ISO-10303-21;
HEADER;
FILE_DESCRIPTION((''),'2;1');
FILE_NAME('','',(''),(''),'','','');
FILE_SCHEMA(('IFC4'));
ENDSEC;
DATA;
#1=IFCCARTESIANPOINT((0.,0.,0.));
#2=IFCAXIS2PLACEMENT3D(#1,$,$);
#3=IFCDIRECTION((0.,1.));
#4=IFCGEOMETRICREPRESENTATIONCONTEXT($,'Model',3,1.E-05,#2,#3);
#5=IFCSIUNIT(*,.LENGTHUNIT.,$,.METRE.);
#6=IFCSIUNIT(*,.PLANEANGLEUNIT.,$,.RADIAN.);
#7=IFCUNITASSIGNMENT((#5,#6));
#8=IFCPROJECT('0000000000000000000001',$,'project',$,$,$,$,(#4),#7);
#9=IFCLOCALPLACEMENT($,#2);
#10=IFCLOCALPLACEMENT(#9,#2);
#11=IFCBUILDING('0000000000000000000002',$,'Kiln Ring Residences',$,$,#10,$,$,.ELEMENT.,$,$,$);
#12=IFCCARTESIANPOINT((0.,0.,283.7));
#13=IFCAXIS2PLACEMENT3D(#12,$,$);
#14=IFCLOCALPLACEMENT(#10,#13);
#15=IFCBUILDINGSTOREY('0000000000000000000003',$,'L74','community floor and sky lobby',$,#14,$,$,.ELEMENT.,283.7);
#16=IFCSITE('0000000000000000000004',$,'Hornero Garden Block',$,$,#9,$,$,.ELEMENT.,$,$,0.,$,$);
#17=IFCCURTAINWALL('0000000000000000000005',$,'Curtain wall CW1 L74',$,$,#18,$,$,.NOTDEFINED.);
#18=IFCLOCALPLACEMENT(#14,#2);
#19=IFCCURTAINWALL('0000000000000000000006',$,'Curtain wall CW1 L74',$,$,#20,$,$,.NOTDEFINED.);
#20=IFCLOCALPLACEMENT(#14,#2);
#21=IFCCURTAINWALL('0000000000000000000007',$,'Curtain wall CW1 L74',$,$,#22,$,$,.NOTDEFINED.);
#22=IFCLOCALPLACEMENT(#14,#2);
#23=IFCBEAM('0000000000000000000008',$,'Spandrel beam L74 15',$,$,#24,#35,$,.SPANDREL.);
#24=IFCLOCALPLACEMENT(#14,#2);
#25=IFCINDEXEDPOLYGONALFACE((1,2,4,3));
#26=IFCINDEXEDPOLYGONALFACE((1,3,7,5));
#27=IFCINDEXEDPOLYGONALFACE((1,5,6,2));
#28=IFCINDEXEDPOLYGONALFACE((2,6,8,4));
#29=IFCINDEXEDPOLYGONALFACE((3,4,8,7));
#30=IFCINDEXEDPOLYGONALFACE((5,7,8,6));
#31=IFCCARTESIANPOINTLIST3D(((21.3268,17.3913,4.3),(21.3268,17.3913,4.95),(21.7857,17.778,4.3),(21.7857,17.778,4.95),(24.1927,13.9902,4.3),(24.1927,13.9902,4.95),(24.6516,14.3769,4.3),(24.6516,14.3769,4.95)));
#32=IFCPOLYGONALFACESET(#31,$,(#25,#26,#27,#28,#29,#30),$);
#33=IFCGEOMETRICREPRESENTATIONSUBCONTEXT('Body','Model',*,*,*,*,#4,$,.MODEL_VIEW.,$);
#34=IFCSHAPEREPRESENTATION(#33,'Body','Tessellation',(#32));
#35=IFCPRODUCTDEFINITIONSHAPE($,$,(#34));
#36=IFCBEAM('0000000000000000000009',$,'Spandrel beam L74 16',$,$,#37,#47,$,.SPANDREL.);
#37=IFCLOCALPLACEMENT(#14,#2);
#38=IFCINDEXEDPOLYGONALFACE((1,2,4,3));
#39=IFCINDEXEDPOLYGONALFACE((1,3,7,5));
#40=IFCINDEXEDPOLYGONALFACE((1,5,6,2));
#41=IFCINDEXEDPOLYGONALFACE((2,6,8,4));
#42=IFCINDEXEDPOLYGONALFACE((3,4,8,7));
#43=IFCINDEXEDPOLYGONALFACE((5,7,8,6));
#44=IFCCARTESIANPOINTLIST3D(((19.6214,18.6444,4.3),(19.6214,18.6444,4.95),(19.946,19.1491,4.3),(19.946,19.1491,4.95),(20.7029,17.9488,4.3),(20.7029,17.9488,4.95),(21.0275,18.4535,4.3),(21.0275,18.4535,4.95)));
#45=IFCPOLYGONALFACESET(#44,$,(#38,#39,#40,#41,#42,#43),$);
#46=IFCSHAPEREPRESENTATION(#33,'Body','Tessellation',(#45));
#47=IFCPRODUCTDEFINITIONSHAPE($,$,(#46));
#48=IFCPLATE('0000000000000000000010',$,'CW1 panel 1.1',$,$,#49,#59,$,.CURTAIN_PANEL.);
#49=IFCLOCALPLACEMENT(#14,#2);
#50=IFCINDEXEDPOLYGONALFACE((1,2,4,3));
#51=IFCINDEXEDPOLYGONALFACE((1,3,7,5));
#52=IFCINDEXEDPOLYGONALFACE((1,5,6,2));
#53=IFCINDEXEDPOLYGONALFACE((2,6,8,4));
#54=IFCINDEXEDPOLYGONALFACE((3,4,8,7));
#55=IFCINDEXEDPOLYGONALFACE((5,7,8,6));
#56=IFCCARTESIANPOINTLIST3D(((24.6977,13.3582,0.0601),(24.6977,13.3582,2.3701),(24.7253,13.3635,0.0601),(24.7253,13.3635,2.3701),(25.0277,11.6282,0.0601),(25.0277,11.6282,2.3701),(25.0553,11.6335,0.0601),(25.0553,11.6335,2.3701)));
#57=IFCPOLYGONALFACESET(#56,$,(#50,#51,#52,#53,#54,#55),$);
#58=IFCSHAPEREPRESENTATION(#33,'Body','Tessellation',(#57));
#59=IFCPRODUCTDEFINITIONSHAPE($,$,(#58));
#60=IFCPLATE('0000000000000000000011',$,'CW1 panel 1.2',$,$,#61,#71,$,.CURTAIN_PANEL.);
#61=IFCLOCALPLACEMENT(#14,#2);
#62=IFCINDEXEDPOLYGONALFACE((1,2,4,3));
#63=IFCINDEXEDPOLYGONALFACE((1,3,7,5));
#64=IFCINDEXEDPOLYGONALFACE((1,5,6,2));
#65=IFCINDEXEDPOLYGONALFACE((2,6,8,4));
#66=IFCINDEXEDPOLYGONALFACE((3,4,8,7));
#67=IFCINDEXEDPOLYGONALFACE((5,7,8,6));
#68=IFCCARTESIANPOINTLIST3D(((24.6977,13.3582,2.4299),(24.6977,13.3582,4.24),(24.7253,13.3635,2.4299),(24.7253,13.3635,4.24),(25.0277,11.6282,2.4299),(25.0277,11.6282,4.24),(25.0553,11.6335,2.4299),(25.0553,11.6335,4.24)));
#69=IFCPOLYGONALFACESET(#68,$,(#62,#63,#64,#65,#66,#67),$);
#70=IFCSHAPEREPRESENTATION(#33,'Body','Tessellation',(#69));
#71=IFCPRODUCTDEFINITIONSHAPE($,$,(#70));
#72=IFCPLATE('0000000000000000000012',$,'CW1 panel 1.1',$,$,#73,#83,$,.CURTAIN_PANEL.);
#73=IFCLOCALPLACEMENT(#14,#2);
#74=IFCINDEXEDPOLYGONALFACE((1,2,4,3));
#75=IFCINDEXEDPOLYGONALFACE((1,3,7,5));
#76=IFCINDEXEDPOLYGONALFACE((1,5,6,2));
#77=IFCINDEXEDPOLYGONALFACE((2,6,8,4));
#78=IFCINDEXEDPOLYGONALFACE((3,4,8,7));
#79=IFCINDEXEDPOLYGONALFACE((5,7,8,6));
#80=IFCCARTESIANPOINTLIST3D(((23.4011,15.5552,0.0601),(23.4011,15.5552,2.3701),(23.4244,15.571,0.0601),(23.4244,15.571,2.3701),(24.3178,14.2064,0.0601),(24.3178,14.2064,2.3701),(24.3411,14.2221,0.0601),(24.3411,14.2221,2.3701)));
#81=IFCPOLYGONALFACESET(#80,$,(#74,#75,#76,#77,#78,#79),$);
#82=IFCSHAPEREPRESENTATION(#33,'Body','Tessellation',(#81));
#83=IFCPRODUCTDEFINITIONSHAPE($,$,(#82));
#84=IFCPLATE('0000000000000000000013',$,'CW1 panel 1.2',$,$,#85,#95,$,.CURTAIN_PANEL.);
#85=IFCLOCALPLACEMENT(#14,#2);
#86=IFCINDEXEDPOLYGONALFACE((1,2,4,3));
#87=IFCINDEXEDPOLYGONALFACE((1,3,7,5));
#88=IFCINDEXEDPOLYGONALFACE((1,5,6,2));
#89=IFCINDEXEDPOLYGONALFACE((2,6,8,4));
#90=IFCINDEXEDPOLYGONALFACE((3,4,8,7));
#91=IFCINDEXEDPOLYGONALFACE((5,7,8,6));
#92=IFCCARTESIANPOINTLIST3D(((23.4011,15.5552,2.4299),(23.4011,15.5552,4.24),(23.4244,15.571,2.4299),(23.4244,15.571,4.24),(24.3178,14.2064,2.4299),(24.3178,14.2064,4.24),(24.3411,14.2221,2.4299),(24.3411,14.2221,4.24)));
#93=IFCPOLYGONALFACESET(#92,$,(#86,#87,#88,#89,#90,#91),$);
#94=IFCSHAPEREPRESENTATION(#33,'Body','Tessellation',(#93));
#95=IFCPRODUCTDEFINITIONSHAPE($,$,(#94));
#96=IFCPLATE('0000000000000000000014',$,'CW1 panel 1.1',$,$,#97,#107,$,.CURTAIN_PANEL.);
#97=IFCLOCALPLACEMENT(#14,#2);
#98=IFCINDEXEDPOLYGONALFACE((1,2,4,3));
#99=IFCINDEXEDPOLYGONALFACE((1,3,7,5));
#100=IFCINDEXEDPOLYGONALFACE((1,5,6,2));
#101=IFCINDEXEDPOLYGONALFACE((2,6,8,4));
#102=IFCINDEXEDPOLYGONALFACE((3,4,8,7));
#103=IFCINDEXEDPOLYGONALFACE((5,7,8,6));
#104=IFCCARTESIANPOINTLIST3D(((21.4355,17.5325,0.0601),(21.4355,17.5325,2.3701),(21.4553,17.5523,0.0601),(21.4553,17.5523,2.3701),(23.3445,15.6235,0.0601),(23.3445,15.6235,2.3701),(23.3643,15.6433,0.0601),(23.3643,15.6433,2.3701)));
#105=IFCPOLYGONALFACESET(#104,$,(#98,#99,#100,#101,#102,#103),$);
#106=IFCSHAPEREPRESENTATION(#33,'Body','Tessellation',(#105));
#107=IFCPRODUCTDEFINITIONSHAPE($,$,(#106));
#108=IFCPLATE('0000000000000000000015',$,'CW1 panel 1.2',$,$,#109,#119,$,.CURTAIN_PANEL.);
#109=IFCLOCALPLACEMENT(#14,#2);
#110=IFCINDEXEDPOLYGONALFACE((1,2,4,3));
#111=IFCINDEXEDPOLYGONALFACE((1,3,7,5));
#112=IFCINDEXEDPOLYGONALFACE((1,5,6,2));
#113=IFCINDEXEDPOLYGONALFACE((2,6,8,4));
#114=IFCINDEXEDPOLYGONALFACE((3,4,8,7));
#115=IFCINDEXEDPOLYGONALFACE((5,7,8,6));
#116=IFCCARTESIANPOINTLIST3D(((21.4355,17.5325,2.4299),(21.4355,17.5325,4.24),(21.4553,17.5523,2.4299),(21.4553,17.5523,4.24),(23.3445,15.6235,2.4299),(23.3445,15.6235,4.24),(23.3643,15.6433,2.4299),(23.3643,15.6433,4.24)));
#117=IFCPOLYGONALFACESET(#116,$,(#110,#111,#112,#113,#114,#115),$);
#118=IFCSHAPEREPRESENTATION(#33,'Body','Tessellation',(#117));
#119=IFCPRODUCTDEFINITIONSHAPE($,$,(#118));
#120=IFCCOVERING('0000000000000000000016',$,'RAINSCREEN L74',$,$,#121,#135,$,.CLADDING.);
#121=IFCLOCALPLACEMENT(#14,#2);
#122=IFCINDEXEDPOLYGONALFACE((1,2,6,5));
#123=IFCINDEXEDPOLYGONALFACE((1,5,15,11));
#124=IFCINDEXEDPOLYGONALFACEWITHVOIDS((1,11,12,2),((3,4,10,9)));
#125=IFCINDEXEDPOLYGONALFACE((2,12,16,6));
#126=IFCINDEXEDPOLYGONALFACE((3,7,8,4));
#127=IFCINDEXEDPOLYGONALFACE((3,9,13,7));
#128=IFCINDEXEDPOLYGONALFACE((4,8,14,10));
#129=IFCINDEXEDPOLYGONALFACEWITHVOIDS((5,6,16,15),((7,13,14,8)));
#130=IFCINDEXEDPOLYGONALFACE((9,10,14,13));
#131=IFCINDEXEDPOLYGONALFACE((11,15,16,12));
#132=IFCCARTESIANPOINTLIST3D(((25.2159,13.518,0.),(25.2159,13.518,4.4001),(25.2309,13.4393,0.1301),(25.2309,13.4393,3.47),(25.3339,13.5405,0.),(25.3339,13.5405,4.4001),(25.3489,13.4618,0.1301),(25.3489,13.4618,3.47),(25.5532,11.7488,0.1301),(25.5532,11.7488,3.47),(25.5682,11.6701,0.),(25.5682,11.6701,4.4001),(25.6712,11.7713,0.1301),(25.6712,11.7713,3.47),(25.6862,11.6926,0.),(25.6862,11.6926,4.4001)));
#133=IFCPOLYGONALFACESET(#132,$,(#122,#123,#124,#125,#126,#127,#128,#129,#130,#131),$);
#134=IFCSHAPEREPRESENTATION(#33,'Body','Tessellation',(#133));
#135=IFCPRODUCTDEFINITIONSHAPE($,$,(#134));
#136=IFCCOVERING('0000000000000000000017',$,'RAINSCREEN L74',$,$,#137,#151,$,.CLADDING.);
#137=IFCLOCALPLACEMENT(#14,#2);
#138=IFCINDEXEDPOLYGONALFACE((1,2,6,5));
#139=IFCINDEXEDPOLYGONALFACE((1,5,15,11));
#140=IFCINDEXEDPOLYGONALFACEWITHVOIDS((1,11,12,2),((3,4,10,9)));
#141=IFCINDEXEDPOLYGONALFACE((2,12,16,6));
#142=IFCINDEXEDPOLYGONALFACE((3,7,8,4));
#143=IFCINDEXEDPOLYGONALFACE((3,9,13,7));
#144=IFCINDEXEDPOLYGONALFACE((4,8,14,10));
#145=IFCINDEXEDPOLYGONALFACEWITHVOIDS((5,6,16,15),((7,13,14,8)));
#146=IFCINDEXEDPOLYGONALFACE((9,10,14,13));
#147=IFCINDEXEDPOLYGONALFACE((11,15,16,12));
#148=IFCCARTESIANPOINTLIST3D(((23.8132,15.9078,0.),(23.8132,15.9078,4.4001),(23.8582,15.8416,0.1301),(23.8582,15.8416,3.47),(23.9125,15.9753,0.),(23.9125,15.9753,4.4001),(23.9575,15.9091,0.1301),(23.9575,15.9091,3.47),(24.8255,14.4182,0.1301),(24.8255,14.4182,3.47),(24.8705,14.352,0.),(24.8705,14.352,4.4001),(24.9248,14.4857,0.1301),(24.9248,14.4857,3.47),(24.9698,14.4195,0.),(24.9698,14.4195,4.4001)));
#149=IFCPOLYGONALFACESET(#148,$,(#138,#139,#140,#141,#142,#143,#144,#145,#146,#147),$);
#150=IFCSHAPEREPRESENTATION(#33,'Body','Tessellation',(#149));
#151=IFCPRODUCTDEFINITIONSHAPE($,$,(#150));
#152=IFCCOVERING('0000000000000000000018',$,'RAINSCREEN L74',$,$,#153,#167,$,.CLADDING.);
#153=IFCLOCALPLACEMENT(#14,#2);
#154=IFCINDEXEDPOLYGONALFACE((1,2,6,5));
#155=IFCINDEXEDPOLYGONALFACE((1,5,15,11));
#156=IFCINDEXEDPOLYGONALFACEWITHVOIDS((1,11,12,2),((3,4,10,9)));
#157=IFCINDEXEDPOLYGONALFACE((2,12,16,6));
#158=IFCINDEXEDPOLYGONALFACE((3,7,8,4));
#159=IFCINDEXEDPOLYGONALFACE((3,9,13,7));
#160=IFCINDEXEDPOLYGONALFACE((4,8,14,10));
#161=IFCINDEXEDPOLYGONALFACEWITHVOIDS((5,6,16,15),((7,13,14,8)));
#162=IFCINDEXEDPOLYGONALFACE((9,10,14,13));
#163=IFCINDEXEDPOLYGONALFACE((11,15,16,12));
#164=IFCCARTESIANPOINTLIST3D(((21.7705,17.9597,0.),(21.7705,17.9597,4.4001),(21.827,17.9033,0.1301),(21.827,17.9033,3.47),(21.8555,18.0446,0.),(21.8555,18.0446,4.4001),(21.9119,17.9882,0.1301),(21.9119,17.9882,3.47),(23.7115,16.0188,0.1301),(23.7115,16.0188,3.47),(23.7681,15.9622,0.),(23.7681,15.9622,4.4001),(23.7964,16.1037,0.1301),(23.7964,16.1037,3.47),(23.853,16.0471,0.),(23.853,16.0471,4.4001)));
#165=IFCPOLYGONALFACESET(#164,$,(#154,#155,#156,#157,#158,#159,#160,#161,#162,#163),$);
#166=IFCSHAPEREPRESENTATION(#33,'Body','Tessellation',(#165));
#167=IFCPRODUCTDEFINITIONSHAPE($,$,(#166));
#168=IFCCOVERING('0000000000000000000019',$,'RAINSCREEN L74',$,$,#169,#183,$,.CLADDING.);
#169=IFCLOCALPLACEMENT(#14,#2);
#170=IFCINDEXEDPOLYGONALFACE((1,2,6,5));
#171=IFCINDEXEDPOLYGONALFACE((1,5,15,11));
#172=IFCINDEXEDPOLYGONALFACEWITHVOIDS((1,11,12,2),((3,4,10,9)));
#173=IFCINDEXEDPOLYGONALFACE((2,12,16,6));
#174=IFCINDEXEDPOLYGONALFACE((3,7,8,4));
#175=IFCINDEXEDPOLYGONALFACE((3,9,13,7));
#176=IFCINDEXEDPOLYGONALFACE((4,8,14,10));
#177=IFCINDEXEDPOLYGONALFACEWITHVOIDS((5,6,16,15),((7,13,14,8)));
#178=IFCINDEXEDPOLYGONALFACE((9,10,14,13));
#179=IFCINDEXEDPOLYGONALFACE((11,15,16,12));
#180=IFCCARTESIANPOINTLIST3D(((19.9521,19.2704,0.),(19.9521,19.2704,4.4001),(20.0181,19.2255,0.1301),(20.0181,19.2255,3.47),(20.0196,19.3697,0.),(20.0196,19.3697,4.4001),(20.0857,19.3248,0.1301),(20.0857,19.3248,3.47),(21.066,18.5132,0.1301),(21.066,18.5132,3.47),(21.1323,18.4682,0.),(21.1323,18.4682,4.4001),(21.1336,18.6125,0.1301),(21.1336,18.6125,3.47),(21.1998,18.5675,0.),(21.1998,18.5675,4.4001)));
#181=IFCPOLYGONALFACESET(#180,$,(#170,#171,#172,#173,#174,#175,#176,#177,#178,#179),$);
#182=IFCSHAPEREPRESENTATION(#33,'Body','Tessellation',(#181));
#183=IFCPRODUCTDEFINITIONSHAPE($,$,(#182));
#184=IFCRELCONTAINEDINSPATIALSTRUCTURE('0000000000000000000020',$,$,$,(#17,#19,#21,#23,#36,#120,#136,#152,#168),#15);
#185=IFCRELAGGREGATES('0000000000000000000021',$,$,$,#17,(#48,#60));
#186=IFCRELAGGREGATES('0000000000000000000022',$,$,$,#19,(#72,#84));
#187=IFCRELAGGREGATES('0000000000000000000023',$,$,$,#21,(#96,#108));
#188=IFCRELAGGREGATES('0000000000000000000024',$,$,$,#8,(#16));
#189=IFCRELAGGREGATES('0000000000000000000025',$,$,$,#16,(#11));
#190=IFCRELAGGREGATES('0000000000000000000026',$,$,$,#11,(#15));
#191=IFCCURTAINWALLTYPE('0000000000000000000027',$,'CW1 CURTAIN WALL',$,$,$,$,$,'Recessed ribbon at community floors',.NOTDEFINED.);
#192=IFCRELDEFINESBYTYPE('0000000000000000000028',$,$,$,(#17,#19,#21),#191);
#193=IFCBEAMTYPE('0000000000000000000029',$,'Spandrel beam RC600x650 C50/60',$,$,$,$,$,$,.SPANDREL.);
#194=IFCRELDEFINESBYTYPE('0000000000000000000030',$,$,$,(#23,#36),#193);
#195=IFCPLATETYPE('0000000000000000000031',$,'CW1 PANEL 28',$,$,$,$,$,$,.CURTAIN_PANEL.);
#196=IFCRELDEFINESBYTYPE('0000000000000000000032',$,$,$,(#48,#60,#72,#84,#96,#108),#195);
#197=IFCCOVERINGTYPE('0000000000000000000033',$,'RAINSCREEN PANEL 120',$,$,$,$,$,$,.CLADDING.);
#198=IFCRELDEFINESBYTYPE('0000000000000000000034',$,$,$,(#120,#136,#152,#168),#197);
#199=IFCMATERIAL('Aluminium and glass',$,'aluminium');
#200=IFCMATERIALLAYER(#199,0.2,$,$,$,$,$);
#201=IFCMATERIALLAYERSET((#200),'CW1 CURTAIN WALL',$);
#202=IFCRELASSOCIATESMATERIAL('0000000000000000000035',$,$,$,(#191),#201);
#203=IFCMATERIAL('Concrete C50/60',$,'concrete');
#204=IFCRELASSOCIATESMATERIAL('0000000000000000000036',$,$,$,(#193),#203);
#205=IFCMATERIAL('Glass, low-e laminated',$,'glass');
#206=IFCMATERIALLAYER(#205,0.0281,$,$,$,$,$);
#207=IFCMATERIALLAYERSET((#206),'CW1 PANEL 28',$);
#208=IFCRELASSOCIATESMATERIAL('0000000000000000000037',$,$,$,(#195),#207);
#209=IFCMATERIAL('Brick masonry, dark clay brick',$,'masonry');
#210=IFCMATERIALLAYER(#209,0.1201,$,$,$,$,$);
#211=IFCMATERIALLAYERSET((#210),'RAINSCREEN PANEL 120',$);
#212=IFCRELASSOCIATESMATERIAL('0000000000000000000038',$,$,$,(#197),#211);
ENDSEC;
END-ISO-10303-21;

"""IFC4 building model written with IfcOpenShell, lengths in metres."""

from ifc_helpers import new_model, si_unit, direction, frame, origin, origin_2d, place, context, subcontext, project, spatial, polyline, rectangle, outline, extrude, material, layer, layer_set, material_profile, profile_set, type_object, element, aggregate, save


model = new_model("IFC4")

# Units and contexts
model_context = context("Model", 3, precision=1e-05, world=origin(), true_north=direction((0.0, 1.0)))
body_context = subcontext(model_context, "Body", "Model", "MODEL_VIEW")
ifc_project = project(units=[si_unit("LENGTHUNIT", "METRE"), si_unit("PLANEANGLEUNIT", "RADIAN")], contexts=[model_context])

# Site, building, storey
site_placement = place(None, origin())
site = spatial("IfcSite", under=ifc_project, at=site_placement, Name="Hornero Garden Block", CompositionType="ELEMENT", RefElevation=0.0)
building_placement = place(site_placement, origin())
building = spatial("IfcBuilding", under=site, at=building_placement, Name="Kiln Ring Residences", CompositionType="ELEMENT")
storey_placement = place(building_placement, frame((0.0, 0.0, 283.7)))
storey = spatial("IfcBuildingStorey", under=building, at=storey_placement, Name="L74", Description="community floor and sky lobby", CompositionType="ELEMENT", Elevation=283.7)

# Curtain wall
ifc_material_1 = material(Name="Aluminium and glass", Category="aluminium")
ifc_layer_1 = layer(ifc_material_1, 0.2)
ifc_layer_set_1 = layer_set([ifc_layer_1], Name="CW1 CURTAIN WALL")
curtain_wall_type = type_object("IfcCurtainWallType", Name="CW1 CURTAIN WALL", ElementType="Recessed ribbon at community floors", PredefinedType="NOTDEFINED", material=ifc_layer_set_1)
placement = place(storey_placement, origin())
curtain_wall_1 = element("IfcCurtainWall", 1, at=placement, inside=storey, type_object=curtain_wall_type, Name="Curtain wall CW1 L74", PredefinedType="NOTDEFINED")

# Curtain walls
curtain_wall_2 = element("IfcCurtainWall", 2, at=placement, inside=storey, type_object=curtain_wall_type, Name="Curtain wall CW1 L74", PredefinedType="NOTDEFINED")
curtain_wall_3 = element("IfcCurtainWall", 3, at=placement, inside=storey, type_object=curtain_wall_type, Name="Curtain wall CW1 L74", PredefinedType="NOTDEFINED")

# Beams
ifc_material_2 = material(Name="Concrete C50/60", Category="concrete")
ifc_material_profile_1 = material_profile(ifc_material_2, rectangle(XDim=0.6001, YDim=0.6499, at=origin_2d()), Name="RC600x650")
ifc_profile_set_1 = profile_set([ifc_material_profile_1], Name="Concrete C50/60")
beam_type = type_object("IfcBeamType", Name="Spandrel beam RC600x650 C50/60", PredefinedType="SPANDREL", material=ifc_profile_set_1)
beam_1_placement = place(storey_placement, frame((24.4221, 14.1836, 4.625), z_axis=(-0.644381, 0.764705, 0.0), x_axis=(-0.764705, -0.644381, 0.0)))
element("IfcBeam", 4, at=beam_1_placement, inside=storey, type_object=beam_type, Name="Spandrel beam L74 15", PredefinedType="SPANDREL", context=body_context, shape_type="SweptSolid", body=[
    extrude(rectangle(XDim=0.6001, YDim=0.6499, at=origin_2d()), origin(), (0.0, 0.0, 1.0), 4.4475),
])
beam_2_placement = place(storey_placement, frame((20.8652, 18.2012, 4.625), z_axis=(-0.84108, 0.540911, 0.0), x_axis=(-0.540911, -0.84108, 0.0)))
element("IfcBeam", 5, at=beam_2_placement, inside=storey, type_object=beam_type, Name="Spandrel beam L74 16", PredefinedType="SPANDREL", context=body_context, shape_type="SweptSolid", body=[
    extrude(rectangle(XDim=0.6001, YDim=0.6499, at=origin_2d()), origin(), (0.0, 0.0, 1.0), 1.2859),
])

# Plates
ifc_material_3 = material(Name="Glass, low-e laminated", Category="glass")
ifc_layer_2 = layer(ifc_material_3, 0.0281)
ifc_layer_set_2 = layer_set([ifc_layer_2], Name="CW1 PANEL 28")
plate_type = type_object("IfcPlateType", Name="CW1 PANEL 28", PredefinedType="CURTAIN_PANEL", material=ifc_layer_set_2)
plate_1_placement = place(storey_placement, frame((24.8765, 12.4958, 0.0601), z_axis=(0.0, 0.0, 1.0), x_axis=(-0.187366, 0.98229, 0.0)))
plate_1 = element("IfcPlate", 6, at=plate_1_placement, type_object=plate_type, Name="CW1 panel 1.1", PredefinedType="CURTAIN_PANEL", context=body_context, shape_type="SweptSolid", body=[
    extrude(rectangle(XDim=1.7612, YDim=0.0281, at=origin_2d()), origin(), (0.0, 0.0, 1.0), 2.3101),
])
plate_2_placement = place(storey_placement, frame((24.8765, 12.4958, 2.4299), z_axis=(0.0, 0.0, 1.0), x_axis=(-0.187366, 0.98229, 0.0)))
plate_2 = element("IfcPlate", 7, at=plate_2_placement, type_object=plate_type, Name="CW1 panel 1.2", PredefinedType="CURTAIN_PANEL", context=body_context, shape_type="SweptSolid", body=[
    extrude(rectangle(XDim=1.7612, YDim=0.0281, at=origin_2d()), origin(), (0.0, 0.0, 1.0), 1.8101),
])
aggregate(curtain_wall_1, [plate_1, plate_2])
plate_3_placement = place(storey_placement, frame((23.8711, 14.8887, 0.0601), z_axis=(0.0, 0.0, 1.0), x_axis=(-0.562097, 0.827072, 0.0)))
plate_3 = element("IfcPlate", 8, at=plate_3_placement, type_object=plate_type, Name="CW1 panel 1.1", PredefinedType="CURTAIN_PANEL", context=body_context, shape_type="SweptSolid", body=[
    extrude(rectangle(XDim=1.6309, YDim=0.0281, at=origin_2d()), origin(), (0.0, 0.0, 1.0), 2.3101),
])
plate_4_placement = place(storey_placement, frame((23.8711, 14.8887, 2.4299), z_axis=(0.0, 0.0, 1.0), x_axis=(-0.562097, 0.827072, 0.0)))
plate_4 = element("IfcPlate", 9, at=plate_4_placement, type_object=plate_type, Name="CW1 panel 1.2", PredefinedType="CURTAIN_PANEL", context=body_context, shape_type="SweptSolid", body=[
    extrude(rectangle(XDim=1.6309, YDim=0.0281, at=origin_2d()), origin(), (0.0, 0.0, 1.0), 1.8101),
])
aggregate(curtain_wall_2, [plate_3, plate_4])
plate_5_placement = place(storey_placement, frame((22.3999, 16.5879, 0.0601), z_axis=(0.0, 0.0, 1.0), x_axis=(-0.707107, 0.707107, 0.0)))
plate_5 = element("IfcPlate", 10, at=plate_5_placement, type_object=plate_type, Name="CW1 panel 1.1", PredefinedType="CURTAIN_PANEL", context=body_context, shape_type="SweptSolid", body=[
    extrude(rectangle(XDim=2.6997, YDim=0.0281, at=origin_2d()), origin(), (0.0, 0.0, 1.0), 2.3101),
])
plate_6_placement = place(storey_placement, frame((22.3999, 16.5879, 2.4299), z_axis=(0.0, 0.0, 1.0), x_axis=(-0.707107, 0.707107, 0.0)))
plate_6 = element("IfcPlate", 11, at=plate_6_placement, type_object=plate_type, Name="CW1 panel 1.2", PredefinedType="CURTAIN_PANEL", context=body_context, shape_type="SweptSolid", body=[
    extrude(rectangle(XDim=2.6997, YDim=0.0281, at=origin_2d()), origin(), (0.0, 0.0, 1.0), 1.8101),
])
aggregate(curtain_wall_3, [plate_5, plate_6])

# Coverings
ifc_material_4 = material(Name="Brick masonry, dark clay brick", Category="masonry")
ifc_layer_3 = layer(ifc_material_4, 0.1201)
ifc_layer_set_3 = layer_set([ifc_layer_3], Name="RAINSCREEN PANEL 120")
covering_type = type_object("IfcCoveringType", Name="RAINSCREEN PANEL 120", PredefinedType="CLADDING", material=ifc_layer_set_3)
for number, where, z_axis, x_axis, name in (
    (12, (25.6272, 11.6814, 0.0), (0.0, 0.0, 1.0), (-0.187273, 0.982308, 0.0), "RAINSCREEN L74"),
    (13, (24.9202, 14.3857, 0.0), (0.0, 0.0, 1.0), (-0.562076, 0.827086, 0.0), "RAINSCREEN L74"),
):
    element("IfcCovering", number, at=place(storey_placement, frame(where, z_axis=z_axis, x_axis=x_axis)), inside=storey, type_object=covering_type, Name=name, PredefinedType="CLADDING", context=body_context, shape_type="SweptSolid", body=[
        extrude(outline(polyline([(0.0, 0.0), (1.8811, 0.0), (1.8811, 4.4001), (0.0, 4.4001), (0.0, 0.0)]), holes=[polyline([(0.0801, 3.47), (0.0801, 0.1301), (1.801, 0.1301), (1.801, 3.47), (0.0801, 3.47)])]), frame((0.0, 0.0601, 0.0), z_axis=(0.0, -1.0, 0.0), x_axis=(1.0, 0.0, 0.0)), (0.0, 0.0, 1.0), 0.1201),
    ])
covering_1_placement = place(storey_placement, frame((23.8105, 16.0046, 0.0), z_axis=(0.0, 0.0, 1.0), x_axis=(-0.707107, 0.707107, 0.0)))
element("IfcCovering", 14, at=covering_1_placement, inside=storey, type_object=covering_type, Name="RAINSCREEN L74", PredefinedType="CLADDING", context=body_context, shape_type="SweptSolid", body=[
    extrude(outline(polyline([(0.0, 0.0), (2.825, 0.0), (2.825, 4.4001), (0.0, 4.4001), (0.0, 0.0)]), holes=[polyline([(0.0801, 3.47), (0.0801, 0.1301), (2.7451, 0.1301), (2.7451, 3.47), (0.0801, 3.47)])]), frame((0.0, 0.0601, 0.0), z_axis=(0.0, -1.0, 0.0), x_axis=(1.0, 0.0, 0.0)), (0.0, 0.0, 1.0), 0.1201),
])
covering_2_placement = place(storey_placement, frame((21.166, 18.5178, 0.0), z_axis=(0.0, 0.0, 1.0), x_axis=(-0.827016, 0.562179, 0.0)))
element("IfcCovering", 15, at=covering_2_placement, inside=storey, type_object=covering_type, Name="RAINSCREEN L74", PredefinedType="CLADDING", context=body_context, shape_type="SweptSolid", body=[
    extrude(outline(polyline([(0.0, 0.0), (1.427, 0.0), (1.427, 4.4001), (0.0, 4.4001), (0.0, 0.0)]), holes=[polyline([(0.0801, 3.47), (0.0801, 0.1301), (1.3472, 0.1301), (1.3472, 3.47), (0.0801, 3.47)])]), frame((0.0, 0.0601, 0.0), z_axis=(0.0, -1.0, 0.0), x_axis=(1.0, 0.0, 0.0)), (0.0, 0.0, 1.0), 0.1201),
])

save(model, "model.ifc")
